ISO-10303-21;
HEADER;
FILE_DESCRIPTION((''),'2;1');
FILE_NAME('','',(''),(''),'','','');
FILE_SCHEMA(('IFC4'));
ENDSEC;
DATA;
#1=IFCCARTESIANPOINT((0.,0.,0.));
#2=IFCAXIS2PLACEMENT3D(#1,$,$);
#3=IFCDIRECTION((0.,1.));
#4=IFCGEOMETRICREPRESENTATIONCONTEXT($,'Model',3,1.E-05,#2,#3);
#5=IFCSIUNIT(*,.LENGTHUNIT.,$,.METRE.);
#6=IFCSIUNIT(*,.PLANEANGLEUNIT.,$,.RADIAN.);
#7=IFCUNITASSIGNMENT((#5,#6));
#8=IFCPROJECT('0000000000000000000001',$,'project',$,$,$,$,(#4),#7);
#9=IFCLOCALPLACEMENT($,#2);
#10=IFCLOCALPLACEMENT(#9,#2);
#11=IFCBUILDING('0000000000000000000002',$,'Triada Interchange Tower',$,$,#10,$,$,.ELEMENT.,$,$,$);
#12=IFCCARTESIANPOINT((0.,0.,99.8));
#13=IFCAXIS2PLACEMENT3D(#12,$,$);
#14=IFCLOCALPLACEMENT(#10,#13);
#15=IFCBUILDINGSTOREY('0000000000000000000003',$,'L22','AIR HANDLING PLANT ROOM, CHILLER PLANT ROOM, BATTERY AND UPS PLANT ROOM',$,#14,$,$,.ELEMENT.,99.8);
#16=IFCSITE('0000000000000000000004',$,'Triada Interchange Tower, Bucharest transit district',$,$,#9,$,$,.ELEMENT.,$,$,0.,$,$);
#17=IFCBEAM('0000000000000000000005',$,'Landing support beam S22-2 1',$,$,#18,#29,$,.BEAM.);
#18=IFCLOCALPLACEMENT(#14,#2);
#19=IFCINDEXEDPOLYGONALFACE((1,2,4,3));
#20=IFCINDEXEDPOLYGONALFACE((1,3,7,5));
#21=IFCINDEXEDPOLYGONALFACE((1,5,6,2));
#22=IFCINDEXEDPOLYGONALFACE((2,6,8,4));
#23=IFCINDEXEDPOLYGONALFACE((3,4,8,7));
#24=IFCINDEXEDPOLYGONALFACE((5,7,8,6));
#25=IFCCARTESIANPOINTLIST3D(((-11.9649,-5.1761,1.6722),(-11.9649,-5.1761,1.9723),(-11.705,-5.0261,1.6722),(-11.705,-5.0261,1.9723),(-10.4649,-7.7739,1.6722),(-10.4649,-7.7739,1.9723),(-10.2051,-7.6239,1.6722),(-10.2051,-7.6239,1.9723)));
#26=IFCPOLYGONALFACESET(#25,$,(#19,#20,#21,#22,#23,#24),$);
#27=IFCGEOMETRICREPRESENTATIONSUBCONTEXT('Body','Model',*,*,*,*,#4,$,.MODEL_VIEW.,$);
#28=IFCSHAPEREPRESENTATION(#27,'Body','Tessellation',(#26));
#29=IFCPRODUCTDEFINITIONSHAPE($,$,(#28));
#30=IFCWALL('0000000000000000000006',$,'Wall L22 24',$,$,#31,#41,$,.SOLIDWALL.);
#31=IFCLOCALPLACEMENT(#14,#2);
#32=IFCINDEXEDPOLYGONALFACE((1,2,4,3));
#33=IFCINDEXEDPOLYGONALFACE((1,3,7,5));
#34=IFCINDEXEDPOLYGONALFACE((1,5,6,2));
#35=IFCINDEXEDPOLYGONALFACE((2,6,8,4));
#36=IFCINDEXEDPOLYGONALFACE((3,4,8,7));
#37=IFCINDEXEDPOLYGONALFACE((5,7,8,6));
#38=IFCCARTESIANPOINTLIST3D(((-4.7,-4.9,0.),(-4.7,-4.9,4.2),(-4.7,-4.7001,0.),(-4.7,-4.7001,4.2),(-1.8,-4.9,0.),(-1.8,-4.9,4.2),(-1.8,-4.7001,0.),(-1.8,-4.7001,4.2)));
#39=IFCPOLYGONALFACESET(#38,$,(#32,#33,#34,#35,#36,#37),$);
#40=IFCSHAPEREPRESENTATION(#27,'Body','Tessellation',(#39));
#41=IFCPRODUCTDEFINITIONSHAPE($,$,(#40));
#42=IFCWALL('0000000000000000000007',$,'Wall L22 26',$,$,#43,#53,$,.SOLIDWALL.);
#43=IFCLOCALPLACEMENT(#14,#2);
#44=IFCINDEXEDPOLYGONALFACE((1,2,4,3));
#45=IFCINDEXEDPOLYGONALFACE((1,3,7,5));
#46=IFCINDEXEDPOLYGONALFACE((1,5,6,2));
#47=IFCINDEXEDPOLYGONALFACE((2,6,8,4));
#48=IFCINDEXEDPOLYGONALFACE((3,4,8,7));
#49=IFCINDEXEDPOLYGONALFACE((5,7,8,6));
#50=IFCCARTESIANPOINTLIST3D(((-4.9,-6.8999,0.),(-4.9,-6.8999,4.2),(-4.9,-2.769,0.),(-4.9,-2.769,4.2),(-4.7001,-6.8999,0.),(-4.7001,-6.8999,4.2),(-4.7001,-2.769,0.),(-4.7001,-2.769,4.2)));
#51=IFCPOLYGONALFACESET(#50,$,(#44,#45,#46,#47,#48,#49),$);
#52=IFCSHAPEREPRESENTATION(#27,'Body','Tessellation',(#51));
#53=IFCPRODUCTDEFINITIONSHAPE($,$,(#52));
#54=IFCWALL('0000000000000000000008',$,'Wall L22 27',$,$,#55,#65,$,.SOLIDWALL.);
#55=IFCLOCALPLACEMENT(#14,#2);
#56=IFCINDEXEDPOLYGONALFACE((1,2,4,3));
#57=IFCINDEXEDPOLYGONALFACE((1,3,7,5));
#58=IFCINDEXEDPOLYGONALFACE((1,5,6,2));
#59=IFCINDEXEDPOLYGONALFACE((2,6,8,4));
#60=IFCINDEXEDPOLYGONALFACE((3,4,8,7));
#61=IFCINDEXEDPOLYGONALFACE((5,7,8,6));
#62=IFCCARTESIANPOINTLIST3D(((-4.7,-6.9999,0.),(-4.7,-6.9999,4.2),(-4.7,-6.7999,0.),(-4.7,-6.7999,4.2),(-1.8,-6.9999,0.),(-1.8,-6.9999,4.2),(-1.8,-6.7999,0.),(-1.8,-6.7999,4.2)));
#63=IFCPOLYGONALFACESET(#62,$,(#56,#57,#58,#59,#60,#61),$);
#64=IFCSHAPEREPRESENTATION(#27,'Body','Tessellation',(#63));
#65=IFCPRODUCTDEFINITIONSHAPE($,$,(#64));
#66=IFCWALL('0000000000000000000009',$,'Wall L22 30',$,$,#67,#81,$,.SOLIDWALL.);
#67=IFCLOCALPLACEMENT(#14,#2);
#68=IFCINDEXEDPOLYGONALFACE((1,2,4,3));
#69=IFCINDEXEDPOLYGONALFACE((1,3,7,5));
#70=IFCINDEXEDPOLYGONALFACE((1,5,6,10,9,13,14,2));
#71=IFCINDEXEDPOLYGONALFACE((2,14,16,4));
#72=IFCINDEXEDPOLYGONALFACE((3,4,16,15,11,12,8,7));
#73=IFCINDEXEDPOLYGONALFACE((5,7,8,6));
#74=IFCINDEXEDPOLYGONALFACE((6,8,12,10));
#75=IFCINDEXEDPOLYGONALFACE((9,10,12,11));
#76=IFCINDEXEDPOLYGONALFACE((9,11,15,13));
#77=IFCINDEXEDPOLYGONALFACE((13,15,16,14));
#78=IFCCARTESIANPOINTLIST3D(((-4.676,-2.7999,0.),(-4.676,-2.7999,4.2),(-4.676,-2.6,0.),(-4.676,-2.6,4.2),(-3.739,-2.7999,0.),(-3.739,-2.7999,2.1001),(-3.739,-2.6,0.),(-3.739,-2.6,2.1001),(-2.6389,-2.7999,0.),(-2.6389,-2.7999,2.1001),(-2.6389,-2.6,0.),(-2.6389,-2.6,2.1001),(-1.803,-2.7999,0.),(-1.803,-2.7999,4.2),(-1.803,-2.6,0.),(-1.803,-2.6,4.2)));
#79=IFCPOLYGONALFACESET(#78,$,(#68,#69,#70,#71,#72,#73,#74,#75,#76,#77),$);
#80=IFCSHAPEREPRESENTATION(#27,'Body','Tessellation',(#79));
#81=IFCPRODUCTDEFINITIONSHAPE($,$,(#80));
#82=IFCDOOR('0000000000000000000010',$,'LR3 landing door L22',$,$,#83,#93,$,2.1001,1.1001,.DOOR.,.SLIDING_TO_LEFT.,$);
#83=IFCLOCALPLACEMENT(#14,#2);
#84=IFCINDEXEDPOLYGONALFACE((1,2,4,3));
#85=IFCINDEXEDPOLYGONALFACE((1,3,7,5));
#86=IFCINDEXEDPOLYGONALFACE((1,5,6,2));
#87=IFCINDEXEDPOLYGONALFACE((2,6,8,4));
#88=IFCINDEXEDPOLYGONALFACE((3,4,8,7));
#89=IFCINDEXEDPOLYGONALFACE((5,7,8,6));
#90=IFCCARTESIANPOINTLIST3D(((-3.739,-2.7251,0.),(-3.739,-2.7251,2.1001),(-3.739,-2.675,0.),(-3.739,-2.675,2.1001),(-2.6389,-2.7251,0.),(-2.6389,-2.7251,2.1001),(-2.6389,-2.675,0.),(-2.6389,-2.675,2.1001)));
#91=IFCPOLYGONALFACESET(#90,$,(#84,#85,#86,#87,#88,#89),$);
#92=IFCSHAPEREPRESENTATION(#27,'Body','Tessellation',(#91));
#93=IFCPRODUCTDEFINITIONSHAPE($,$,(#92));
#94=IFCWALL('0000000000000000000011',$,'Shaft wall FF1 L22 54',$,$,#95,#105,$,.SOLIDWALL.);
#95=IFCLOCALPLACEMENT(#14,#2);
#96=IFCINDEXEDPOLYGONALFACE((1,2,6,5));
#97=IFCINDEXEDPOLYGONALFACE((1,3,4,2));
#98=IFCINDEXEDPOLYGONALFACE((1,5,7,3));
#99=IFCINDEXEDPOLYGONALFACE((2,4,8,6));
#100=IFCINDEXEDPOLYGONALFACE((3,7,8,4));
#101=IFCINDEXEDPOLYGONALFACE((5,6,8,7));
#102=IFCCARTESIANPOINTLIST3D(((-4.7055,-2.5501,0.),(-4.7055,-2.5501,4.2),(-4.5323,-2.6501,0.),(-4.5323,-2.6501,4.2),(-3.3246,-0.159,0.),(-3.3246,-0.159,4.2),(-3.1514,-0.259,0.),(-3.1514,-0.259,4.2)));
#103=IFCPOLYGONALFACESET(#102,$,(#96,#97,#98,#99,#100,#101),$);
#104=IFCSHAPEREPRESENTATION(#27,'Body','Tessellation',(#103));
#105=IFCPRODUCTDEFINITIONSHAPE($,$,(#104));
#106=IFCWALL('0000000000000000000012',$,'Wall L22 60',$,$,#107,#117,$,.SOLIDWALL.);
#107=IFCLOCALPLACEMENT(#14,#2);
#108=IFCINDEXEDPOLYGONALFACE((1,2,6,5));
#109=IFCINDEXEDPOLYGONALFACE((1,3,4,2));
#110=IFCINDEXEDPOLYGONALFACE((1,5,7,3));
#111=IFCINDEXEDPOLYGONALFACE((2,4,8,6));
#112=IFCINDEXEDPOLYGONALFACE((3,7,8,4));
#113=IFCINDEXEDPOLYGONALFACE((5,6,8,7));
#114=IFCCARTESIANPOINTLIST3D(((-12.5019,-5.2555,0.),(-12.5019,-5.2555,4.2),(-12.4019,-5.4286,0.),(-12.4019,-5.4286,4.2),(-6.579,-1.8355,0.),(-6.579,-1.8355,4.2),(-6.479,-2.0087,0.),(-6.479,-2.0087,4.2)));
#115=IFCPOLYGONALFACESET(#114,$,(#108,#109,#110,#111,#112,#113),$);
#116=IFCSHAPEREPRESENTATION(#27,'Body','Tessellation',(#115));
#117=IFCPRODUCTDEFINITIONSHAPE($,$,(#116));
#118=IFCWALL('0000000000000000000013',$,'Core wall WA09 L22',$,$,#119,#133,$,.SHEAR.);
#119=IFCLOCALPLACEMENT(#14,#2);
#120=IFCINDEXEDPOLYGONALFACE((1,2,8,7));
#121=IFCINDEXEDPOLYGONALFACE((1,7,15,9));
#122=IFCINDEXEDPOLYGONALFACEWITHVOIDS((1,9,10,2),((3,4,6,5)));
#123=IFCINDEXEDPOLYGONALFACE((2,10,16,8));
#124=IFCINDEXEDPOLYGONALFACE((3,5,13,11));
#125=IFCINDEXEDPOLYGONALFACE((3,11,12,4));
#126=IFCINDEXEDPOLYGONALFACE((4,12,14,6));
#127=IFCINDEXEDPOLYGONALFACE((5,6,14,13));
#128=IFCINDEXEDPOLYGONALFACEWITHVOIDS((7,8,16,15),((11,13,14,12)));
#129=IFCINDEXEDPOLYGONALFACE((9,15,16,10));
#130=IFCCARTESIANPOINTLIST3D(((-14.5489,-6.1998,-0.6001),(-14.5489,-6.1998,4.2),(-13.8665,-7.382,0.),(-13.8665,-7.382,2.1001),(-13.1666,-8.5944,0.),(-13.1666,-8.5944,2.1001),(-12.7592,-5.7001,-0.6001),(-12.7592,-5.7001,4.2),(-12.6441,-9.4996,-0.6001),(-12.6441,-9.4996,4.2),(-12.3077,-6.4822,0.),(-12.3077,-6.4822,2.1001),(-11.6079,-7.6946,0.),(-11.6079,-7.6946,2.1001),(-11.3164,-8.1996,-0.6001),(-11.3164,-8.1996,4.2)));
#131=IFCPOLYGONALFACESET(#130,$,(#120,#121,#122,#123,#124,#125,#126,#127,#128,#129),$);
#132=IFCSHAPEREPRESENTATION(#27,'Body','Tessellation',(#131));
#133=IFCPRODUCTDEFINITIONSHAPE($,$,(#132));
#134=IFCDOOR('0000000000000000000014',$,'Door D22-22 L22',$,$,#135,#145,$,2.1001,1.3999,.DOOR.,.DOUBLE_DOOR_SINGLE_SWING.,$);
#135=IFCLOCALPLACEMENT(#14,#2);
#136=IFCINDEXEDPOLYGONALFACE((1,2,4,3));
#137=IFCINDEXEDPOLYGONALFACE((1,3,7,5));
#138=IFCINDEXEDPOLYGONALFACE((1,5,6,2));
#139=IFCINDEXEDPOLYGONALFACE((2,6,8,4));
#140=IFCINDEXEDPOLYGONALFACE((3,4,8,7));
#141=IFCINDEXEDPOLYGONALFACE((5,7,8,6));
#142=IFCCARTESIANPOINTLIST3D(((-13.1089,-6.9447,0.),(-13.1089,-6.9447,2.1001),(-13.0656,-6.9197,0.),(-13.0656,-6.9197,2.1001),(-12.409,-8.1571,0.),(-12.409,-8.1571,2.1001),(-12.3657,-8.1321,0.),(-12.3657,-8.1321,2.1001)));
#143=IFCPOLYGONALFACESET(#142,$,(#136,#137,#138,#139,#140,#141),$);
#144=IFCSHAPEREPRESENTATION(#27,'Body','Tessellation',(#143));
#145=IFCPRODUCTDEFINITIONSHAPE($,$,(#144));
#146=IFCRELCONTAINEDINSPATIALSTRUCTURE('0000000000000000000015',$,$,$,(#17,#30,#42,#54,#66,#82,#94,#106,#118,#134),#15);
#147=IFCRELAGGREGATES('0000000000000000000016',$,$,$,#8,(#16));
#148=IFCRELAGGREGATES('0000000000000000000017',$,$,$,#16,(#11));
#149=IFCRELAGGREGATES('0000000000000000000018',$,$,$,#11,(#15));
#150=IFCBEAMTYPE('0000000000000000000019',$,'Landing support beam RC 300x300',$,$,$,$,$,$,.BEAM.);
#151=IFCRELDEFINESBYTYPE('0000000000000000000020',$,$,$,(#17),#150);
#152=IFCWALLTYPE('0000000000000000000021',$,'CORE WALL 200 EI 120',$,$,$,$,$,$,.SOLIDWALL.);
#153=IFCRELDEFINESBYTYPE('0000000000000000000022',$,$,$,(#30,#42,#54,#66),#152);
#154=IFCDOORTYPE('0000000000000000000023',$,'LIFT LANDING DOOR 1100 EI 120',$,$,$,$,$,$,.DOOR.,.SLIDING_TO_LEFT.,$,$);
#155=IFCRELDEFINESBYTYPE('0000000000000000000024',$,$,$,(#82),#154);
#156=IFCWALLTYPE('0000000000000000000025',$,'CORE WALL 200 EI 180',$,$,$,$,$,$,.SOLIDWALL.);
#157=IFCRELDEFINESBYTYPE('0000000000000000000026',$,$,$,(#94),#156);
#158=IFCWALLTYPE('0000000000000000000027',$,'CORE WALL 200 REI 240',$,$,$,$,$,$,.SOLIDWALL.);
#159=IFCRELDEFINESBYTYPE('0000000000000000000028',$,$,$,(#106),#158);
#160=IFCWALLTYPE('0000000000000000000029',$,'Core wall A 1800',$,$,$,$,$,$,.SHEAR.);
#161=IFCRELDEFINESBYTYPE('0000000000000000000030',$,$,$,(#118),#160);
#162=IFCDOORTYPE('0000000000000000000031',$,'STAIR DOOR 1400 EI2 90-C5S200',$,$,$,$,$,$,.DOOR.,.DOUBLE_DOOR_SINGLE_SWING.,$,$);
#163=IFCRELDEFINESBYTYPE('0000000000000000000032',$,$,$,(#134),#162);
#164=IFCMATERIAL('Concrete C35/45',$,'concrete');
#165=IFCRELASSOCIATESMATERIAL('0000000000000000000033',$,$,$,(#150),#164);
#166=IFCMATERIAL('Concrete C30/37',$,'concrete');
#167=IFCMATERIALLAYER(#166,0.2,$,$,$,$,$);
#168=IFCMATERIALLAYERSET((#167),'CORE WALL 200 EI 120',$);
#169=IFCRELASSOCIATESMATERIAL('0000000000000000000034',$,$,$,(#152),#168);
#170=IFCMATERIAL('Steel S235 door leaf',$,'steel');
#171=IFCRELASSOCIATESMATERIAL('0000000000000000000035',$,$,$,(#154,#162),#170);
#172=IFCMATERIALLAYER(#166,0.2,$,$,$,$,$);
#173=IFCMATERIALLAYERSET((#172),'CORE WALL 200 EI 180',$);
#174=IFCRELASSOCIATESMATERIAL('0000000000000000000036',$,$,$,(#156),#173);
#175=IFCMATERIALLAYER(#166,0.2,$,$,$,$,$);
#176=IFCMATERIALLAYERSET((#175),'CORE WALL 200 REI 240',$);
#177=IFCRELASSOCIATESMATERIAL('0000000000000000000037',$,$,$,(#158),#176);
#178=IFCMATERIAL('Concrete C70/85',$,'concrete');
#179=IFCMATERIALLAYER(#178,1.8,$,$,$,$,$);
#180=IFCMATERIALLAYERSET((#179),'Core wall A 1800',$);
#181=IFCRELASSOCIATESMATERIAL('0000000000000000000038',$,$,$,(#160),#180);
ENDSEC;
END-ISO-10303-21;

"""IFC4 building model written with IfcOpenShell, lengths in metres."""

from ifc_helpers import new_model, si_unit, direction, frame, frame_2d, origin, origin_2d, place, context, subcontext, project, spatial, polyline, rectangle, outline, extrude, material, layer, layer_set, material_profile, profile_set, type_object, element, fill, save


model = new_model("IFC4")

# Units and contexts
model_context = context("Model", 3, precision=1e-05, world=origin(), true_north=direction((0.0, 1.0)))
body_context = subcontext(model_context, "Body", "Model", "MODEL_VIEW")
ifc_project = project(units=[si_unit("LENGTHUNIT", "METRE"), si_unit("PLANEANGLEUNIT", "RADIAN")], contexts=[model_context])

# Site, building, storey
site_placement = place(None, origin())
site = spatial("IfcSite", under=ifc_project, at=site_placement, Name="Triada Interchange Tower, Bucharest transit district", CompositionType="ELEMENT", RefElevation=0.0)
building_placement = place(site_placement, origin())
building = spatial("IfcBuilding", under=site, at=building_placement, Name="Triada Interchange Tower", CompositionType="ELEMENT")
storey_placement = place(building_placement, frame((0.0, 0.0, 99.8)))
storey = spatial("IfcBuildingStorey", under=building, at=storey_placement, Name="L22", Description="AIR HANDLING PLANT ROOM, CHILLER PLANT ROOM, BATTERY AND UPS PLANT ROOM", CompositionType="ELEMENT", Elevation=99.8)

# Beam
ifc_material_1 = material(Name="Concrete C35/45", Category="concrete")
ifc_material_profile = material_profile(ifc_material_1, rectangle(XDim=0.3, YDim=0.3, at=origin_2d()), Name="RC 300x300")
ifc_profile_set = profile_set([ifc_material_profile], Name="Concrete C35/45")
beam_type = type_object("IfcBeamType", Name="Landing support beam RC 300x300", PredefinedType="BEAM", material=ifc_profile_set)
beam_placement = place(storey_placement, frame((-11.835, -5.1011, 1.8223), z_axis=(0.500025, -0.866011, 0.0), x_axis=(0.866011, 0.500025, 0.0)))
element("IfcBeam", 1, at=beam_placement, inside=storey, type_object=beam_type, Name="Landing support beam S22-2 1", PredefinedType="BEAM", context=body_context, shape_type="SweptSolid", body=[
    extrude(rectangle(XDim=0.3, YDim=0.3, at=origin_2d()), origin(), (0.0, 0.0, 1.0), 2.9998),
])

# Walls
ifc_material_2 = material(Name="Concrete C30/37", Category="concrete")
ifc_layer_1 = layer(ifc_material_2, 0.2)
ifc_layer_set_1 = layer_set([ifc_layer_1], Name="CORE WALL 200 EI 120")
wall_type_1 = type_object("IfcWallType", Name="CORE WALL 200 EI 120", PredefinedType="SOLIDWALL", material=ifc_layer_set_1)
wall_1_placement = place(storey_placement, frame((-4.7, -4.8, 0.0), z_axis=(0.0, 0.0, 1.0), x_axis=(1.0, 0.0, 0.0)))
element("IfcWall", 2, at=wall_1_placement, inside=storey, type_object=wall_type_1, Name="Wall L22 24", PredefinedType="SOLIDWALL", context=body_context, shape_type="SweptSolid", body=[
    extrude(rectangle(XDim=2.8999, YDim=0.2, at=frame_2d((1.45, 0.0))), origin(), (0.0, 0.0, 1.0), 4.2),
])
wall_2_placement = place(storey_placement, frame((-4.8, -6.8999, 0.0), z_axis=(0.0, 0.0, 1.0), x_axis=(0.0, 1.0, 0.0)))
element("IfcWall", 3, at=wall_2_placement, inside=storey, type_object=wall_type_1, Name="Wall L22 26", PredefinedType="SOLIDWALL", context=body_context, shape_type="SweptSolid", body=[
    extrude(rectangle(XDim=4.1309, YDim=0.2, at=frame_2d((2.0654, 0.0))), origin(), (0.0, 0.0, 1.0), 4.2),
])
wall_3_placement = place(storey_placement, frame((-4.7, -6.8999, 0.0), z_axis=(0.0, 0.0, 1.0), x_axis=(1.0, 0.0, 0.0)))
element("IfcWall", 4, at=wall_3_placement, inside=storey, type_object=wall_type_1, Name="Wall L22 27", PredefinedType="SOLIDWALL", context=body_context, shape_type="SweptSolid", body=[
    extrude(rectangle(XDim=2.8999, YDim=0.2, at=frame_2d((1.45, 0.0))), origin(), (0.0, 0.0, 1.0), 4.2),
])

# Wall, opening, door
wall_4_placement = place(storey_placement, frame((-4.676, -2.7, 0.0), z_axis=(0.0, 0.0, 1.0), x_axis=(1.0, 0.0, 0.0)))
wall_4 = element("IfcWall", 5, at=wall_4_placement, inside=storey, type_object=wall_type_1, Name="Wall L22 30", PredefinedType="SOLIDWALL", context=body_context, shape_type="SweptSolid", body=[
    extrude(rectangle(XDim=2.873, YDim=0.2, at=frame_2d((1.4365, 0.0))), origin(), (0.0, 0.0, 1.0), 4.2),
])
opening_1_placement = place(wall_4_placement, frame((0.937, 0.0, 0.0)))
opening_1 = element("IfcOpeningElement", 6, at=opening_1_placement, cuts=wall_4, PredefinedType="OPENING", context=body_context, shape_type="SweptSolid", body=[
    extrude(rectangle(XDim=1.1001, YDim=2.1001, at=frame_2d((0.55, 1.05))), frame((0.0, 0.1099, 0.0), z_axis=(0.0, -1.0, 0.0), x_axis=(1.0, 0.0, 0.0)), (0.0, 0.0, 1.0), 0.22),
])
ifc_material_3 = material(Name="Steel S235 door leaf", Category="steel")
door_type_1 = type_object("IfcDoorType", Name="LIFT LANDING DOOR 1100 EI 120", OperationType="SLIDING_TO_LEFT", PredefinedType="DOOR", material=ifc_material_3)
door_1_placement = place(opening_1_placement, origin())
door_1 = element("IfcDoor", 7, at=door_1_placement, inside=storey, type_object=door_type_1, Name="LR3 landing door L22", OperationType="SLIDING_TO_LEFT", OverallHeight=2.1001, OverallWidth=1.1001, PredefinedType="DOOR", context=body_context, shape_type="SweptSolid", body=[
    extrude(rectangle(XDim=1.1001, YDim=2.1001, at=frame_2d((0.55, 1.05))), frame((0.0, 0.0249, 0.0), z_axis=(0.0, -1.0, 0.0), x_axis=(1.0, 0.0, 0.0)), (0.0, 0.0, 1.0), 0.05),
])
fill(opening_1, door_1)

# Walls
ifc_layer_2 = layer(ifc_material_2, 0.2)
ifc_layer_set_2 = layer_set([ifc_layer_2], Name="CORE WALL 200 EI 180")
wall_type_2 = type_object("IfcWallType", Name="CORE WALL 200 EI 180", PredefinedType="SOLIDWALL", material=ifc_layer_set_2)
wall_5_placement = place(storey_placement, frame((-4.6189, -2.6001, 0.0), z_axis=(0.0, 0.0, 1.0), x_axis=(0.500095, 0.865971, 0.0)))
element("IfcWall", 8, at=wall_5_placement, inside=storey, type_object=wall_type_2, Name="Shaft wall FF1 L22 54", PredefinedType="SOLIDWALL", context=body_context, shape_type="SweptSolid", body=[
    extrude(rectangle(XDim=2.7612, YDim=0.2, at=frame_2d((1.3806, 0.0))), origin(), (0.0, 0.0, 1.0), 4.2),
])
ifc_layer_3 = layer(ifc_material_2, 0.2)
ifc_layer_set_3 = layer_set([ifc_layer_3], Name="CORE WALL 200 REI 240")
wall_type_3 = type_object("IfcWallType", Name="CORE WALL 200 REI 240", PredefinedType="SOLIDWALL", material=ifc_layer_set_3)
wall_6_placement = place(storey_placement, frame((-12.4519, -5.342, 0.0), z_axis=(0.0, 0.0, 1.0), x_axis=(0.866002, 0.50004, 0.0)))
element("IfcWall", 9, at=wall_6_placement, inside=storey, type_object=wall_type_3, Name="Wall L22 60", PredefinedType="SOLIDWALL", context=body_context, shape_type="SweptSolid", body=[
    extrude(rectangle(XDim=6.8394, YDim=0.2, at=frame_2d((3.4197, 0.0))), origin(), (0.0, 0.0, 1.0), 4.2),
])

# Wall, opening, door
ifc_material_4 = material(Name="Concrete C70/85", Category="concrete")
ifc_layer_4 = layer(ifc_material_4, 1.8)
ifc_layer_set_4 = layer_set([ifc_layer_4], Name="Core wall A 1800")
wall_type_4 = type_object("IfcWallType", Name="Core wall A 1800", PredefinedType="SHEAR", material=ifc_layer_set_4)
wall_7_placement = place(storey_placement, frame((-13.6541, -5.95, -0.6001), z_axis=(0.0, 0.0, 1.0), x_axis=(0.499927, -0.866068, 0.0)))
wall_7 = element("IfcWall", 10, at=wall_7_placement, inside=storey, type_object=wall_type_4, Name="Core wall WA09 L22", PredefinedType="SHEAR", context=body_context, shape_type="SweptSolid", body=[
    extrude(outline(polyline([(-0.231, -0.8999), (1.6741, -0.8999), (3.5791, -0.8999), (3.1169, 0.8999), (1.6738, 0.8999), (0.231, 0.8999), (-0.231, -0.8999)])), origin(), (0.0, 0.0, 1.0), 4.8),
])
opening_2_placement = place(wall_7_placement, frame((1.134, 0.0, 0.6001)))
opening_2 = element("IfcOpeningElement", 11, at=opening_2_placement, cuts=wall_7, PredefinedType="OPENING", context=body_context, shape_type="SweptSolid", body=[
    extrude(rectangle(XDim=1.3999, YDim=2.1001, at=frame_2d((0.7, 1.05))), frame((0.0, 0.9099, 0.0), z_axis=(0.0, -1.0, 0.0), x_axis=(1.0, 0.0, 0.0)), (0.0, 0.0, 1.0), 1.8201),
])
door_type_2 = type_object("IfcDoorType", Name="STAIR DOOR 1400 EI2 90-C5S200", OperationType="DOUBLE_DOOR_SINGLE_SWING", PredefinedType="DOOR", material=ifc_material_3)
door_2_placement = place(opening_2_placement, origin())
door_2 = element("IfcDoor", 12, at=door_2_placement, inside=storey, type_object=door_type_2, Name="Door D22-22 L22", OperationType="DOUBLE_DOOR_SINGLE_SWING", OverallHeight=2.1001, OverallWidth=1.3999, PredefinedType="DOOR", context=body_context, shape_type="SweptSolid", body=[
    extrude(rectangle(XDim=1.3999, YDim=2.1001, at=frame_2d((0.7, 1.05))), frame((0.0, 0.0249, 0.0), z_axis=(0.0, -1.0, 0.0), x_axis=(1.0, 0.0, 0.0)), (0.0, 0.0, 1.0), 0.05),
])
fill(opening_2, door_2)

save(model, "model.ifc")
